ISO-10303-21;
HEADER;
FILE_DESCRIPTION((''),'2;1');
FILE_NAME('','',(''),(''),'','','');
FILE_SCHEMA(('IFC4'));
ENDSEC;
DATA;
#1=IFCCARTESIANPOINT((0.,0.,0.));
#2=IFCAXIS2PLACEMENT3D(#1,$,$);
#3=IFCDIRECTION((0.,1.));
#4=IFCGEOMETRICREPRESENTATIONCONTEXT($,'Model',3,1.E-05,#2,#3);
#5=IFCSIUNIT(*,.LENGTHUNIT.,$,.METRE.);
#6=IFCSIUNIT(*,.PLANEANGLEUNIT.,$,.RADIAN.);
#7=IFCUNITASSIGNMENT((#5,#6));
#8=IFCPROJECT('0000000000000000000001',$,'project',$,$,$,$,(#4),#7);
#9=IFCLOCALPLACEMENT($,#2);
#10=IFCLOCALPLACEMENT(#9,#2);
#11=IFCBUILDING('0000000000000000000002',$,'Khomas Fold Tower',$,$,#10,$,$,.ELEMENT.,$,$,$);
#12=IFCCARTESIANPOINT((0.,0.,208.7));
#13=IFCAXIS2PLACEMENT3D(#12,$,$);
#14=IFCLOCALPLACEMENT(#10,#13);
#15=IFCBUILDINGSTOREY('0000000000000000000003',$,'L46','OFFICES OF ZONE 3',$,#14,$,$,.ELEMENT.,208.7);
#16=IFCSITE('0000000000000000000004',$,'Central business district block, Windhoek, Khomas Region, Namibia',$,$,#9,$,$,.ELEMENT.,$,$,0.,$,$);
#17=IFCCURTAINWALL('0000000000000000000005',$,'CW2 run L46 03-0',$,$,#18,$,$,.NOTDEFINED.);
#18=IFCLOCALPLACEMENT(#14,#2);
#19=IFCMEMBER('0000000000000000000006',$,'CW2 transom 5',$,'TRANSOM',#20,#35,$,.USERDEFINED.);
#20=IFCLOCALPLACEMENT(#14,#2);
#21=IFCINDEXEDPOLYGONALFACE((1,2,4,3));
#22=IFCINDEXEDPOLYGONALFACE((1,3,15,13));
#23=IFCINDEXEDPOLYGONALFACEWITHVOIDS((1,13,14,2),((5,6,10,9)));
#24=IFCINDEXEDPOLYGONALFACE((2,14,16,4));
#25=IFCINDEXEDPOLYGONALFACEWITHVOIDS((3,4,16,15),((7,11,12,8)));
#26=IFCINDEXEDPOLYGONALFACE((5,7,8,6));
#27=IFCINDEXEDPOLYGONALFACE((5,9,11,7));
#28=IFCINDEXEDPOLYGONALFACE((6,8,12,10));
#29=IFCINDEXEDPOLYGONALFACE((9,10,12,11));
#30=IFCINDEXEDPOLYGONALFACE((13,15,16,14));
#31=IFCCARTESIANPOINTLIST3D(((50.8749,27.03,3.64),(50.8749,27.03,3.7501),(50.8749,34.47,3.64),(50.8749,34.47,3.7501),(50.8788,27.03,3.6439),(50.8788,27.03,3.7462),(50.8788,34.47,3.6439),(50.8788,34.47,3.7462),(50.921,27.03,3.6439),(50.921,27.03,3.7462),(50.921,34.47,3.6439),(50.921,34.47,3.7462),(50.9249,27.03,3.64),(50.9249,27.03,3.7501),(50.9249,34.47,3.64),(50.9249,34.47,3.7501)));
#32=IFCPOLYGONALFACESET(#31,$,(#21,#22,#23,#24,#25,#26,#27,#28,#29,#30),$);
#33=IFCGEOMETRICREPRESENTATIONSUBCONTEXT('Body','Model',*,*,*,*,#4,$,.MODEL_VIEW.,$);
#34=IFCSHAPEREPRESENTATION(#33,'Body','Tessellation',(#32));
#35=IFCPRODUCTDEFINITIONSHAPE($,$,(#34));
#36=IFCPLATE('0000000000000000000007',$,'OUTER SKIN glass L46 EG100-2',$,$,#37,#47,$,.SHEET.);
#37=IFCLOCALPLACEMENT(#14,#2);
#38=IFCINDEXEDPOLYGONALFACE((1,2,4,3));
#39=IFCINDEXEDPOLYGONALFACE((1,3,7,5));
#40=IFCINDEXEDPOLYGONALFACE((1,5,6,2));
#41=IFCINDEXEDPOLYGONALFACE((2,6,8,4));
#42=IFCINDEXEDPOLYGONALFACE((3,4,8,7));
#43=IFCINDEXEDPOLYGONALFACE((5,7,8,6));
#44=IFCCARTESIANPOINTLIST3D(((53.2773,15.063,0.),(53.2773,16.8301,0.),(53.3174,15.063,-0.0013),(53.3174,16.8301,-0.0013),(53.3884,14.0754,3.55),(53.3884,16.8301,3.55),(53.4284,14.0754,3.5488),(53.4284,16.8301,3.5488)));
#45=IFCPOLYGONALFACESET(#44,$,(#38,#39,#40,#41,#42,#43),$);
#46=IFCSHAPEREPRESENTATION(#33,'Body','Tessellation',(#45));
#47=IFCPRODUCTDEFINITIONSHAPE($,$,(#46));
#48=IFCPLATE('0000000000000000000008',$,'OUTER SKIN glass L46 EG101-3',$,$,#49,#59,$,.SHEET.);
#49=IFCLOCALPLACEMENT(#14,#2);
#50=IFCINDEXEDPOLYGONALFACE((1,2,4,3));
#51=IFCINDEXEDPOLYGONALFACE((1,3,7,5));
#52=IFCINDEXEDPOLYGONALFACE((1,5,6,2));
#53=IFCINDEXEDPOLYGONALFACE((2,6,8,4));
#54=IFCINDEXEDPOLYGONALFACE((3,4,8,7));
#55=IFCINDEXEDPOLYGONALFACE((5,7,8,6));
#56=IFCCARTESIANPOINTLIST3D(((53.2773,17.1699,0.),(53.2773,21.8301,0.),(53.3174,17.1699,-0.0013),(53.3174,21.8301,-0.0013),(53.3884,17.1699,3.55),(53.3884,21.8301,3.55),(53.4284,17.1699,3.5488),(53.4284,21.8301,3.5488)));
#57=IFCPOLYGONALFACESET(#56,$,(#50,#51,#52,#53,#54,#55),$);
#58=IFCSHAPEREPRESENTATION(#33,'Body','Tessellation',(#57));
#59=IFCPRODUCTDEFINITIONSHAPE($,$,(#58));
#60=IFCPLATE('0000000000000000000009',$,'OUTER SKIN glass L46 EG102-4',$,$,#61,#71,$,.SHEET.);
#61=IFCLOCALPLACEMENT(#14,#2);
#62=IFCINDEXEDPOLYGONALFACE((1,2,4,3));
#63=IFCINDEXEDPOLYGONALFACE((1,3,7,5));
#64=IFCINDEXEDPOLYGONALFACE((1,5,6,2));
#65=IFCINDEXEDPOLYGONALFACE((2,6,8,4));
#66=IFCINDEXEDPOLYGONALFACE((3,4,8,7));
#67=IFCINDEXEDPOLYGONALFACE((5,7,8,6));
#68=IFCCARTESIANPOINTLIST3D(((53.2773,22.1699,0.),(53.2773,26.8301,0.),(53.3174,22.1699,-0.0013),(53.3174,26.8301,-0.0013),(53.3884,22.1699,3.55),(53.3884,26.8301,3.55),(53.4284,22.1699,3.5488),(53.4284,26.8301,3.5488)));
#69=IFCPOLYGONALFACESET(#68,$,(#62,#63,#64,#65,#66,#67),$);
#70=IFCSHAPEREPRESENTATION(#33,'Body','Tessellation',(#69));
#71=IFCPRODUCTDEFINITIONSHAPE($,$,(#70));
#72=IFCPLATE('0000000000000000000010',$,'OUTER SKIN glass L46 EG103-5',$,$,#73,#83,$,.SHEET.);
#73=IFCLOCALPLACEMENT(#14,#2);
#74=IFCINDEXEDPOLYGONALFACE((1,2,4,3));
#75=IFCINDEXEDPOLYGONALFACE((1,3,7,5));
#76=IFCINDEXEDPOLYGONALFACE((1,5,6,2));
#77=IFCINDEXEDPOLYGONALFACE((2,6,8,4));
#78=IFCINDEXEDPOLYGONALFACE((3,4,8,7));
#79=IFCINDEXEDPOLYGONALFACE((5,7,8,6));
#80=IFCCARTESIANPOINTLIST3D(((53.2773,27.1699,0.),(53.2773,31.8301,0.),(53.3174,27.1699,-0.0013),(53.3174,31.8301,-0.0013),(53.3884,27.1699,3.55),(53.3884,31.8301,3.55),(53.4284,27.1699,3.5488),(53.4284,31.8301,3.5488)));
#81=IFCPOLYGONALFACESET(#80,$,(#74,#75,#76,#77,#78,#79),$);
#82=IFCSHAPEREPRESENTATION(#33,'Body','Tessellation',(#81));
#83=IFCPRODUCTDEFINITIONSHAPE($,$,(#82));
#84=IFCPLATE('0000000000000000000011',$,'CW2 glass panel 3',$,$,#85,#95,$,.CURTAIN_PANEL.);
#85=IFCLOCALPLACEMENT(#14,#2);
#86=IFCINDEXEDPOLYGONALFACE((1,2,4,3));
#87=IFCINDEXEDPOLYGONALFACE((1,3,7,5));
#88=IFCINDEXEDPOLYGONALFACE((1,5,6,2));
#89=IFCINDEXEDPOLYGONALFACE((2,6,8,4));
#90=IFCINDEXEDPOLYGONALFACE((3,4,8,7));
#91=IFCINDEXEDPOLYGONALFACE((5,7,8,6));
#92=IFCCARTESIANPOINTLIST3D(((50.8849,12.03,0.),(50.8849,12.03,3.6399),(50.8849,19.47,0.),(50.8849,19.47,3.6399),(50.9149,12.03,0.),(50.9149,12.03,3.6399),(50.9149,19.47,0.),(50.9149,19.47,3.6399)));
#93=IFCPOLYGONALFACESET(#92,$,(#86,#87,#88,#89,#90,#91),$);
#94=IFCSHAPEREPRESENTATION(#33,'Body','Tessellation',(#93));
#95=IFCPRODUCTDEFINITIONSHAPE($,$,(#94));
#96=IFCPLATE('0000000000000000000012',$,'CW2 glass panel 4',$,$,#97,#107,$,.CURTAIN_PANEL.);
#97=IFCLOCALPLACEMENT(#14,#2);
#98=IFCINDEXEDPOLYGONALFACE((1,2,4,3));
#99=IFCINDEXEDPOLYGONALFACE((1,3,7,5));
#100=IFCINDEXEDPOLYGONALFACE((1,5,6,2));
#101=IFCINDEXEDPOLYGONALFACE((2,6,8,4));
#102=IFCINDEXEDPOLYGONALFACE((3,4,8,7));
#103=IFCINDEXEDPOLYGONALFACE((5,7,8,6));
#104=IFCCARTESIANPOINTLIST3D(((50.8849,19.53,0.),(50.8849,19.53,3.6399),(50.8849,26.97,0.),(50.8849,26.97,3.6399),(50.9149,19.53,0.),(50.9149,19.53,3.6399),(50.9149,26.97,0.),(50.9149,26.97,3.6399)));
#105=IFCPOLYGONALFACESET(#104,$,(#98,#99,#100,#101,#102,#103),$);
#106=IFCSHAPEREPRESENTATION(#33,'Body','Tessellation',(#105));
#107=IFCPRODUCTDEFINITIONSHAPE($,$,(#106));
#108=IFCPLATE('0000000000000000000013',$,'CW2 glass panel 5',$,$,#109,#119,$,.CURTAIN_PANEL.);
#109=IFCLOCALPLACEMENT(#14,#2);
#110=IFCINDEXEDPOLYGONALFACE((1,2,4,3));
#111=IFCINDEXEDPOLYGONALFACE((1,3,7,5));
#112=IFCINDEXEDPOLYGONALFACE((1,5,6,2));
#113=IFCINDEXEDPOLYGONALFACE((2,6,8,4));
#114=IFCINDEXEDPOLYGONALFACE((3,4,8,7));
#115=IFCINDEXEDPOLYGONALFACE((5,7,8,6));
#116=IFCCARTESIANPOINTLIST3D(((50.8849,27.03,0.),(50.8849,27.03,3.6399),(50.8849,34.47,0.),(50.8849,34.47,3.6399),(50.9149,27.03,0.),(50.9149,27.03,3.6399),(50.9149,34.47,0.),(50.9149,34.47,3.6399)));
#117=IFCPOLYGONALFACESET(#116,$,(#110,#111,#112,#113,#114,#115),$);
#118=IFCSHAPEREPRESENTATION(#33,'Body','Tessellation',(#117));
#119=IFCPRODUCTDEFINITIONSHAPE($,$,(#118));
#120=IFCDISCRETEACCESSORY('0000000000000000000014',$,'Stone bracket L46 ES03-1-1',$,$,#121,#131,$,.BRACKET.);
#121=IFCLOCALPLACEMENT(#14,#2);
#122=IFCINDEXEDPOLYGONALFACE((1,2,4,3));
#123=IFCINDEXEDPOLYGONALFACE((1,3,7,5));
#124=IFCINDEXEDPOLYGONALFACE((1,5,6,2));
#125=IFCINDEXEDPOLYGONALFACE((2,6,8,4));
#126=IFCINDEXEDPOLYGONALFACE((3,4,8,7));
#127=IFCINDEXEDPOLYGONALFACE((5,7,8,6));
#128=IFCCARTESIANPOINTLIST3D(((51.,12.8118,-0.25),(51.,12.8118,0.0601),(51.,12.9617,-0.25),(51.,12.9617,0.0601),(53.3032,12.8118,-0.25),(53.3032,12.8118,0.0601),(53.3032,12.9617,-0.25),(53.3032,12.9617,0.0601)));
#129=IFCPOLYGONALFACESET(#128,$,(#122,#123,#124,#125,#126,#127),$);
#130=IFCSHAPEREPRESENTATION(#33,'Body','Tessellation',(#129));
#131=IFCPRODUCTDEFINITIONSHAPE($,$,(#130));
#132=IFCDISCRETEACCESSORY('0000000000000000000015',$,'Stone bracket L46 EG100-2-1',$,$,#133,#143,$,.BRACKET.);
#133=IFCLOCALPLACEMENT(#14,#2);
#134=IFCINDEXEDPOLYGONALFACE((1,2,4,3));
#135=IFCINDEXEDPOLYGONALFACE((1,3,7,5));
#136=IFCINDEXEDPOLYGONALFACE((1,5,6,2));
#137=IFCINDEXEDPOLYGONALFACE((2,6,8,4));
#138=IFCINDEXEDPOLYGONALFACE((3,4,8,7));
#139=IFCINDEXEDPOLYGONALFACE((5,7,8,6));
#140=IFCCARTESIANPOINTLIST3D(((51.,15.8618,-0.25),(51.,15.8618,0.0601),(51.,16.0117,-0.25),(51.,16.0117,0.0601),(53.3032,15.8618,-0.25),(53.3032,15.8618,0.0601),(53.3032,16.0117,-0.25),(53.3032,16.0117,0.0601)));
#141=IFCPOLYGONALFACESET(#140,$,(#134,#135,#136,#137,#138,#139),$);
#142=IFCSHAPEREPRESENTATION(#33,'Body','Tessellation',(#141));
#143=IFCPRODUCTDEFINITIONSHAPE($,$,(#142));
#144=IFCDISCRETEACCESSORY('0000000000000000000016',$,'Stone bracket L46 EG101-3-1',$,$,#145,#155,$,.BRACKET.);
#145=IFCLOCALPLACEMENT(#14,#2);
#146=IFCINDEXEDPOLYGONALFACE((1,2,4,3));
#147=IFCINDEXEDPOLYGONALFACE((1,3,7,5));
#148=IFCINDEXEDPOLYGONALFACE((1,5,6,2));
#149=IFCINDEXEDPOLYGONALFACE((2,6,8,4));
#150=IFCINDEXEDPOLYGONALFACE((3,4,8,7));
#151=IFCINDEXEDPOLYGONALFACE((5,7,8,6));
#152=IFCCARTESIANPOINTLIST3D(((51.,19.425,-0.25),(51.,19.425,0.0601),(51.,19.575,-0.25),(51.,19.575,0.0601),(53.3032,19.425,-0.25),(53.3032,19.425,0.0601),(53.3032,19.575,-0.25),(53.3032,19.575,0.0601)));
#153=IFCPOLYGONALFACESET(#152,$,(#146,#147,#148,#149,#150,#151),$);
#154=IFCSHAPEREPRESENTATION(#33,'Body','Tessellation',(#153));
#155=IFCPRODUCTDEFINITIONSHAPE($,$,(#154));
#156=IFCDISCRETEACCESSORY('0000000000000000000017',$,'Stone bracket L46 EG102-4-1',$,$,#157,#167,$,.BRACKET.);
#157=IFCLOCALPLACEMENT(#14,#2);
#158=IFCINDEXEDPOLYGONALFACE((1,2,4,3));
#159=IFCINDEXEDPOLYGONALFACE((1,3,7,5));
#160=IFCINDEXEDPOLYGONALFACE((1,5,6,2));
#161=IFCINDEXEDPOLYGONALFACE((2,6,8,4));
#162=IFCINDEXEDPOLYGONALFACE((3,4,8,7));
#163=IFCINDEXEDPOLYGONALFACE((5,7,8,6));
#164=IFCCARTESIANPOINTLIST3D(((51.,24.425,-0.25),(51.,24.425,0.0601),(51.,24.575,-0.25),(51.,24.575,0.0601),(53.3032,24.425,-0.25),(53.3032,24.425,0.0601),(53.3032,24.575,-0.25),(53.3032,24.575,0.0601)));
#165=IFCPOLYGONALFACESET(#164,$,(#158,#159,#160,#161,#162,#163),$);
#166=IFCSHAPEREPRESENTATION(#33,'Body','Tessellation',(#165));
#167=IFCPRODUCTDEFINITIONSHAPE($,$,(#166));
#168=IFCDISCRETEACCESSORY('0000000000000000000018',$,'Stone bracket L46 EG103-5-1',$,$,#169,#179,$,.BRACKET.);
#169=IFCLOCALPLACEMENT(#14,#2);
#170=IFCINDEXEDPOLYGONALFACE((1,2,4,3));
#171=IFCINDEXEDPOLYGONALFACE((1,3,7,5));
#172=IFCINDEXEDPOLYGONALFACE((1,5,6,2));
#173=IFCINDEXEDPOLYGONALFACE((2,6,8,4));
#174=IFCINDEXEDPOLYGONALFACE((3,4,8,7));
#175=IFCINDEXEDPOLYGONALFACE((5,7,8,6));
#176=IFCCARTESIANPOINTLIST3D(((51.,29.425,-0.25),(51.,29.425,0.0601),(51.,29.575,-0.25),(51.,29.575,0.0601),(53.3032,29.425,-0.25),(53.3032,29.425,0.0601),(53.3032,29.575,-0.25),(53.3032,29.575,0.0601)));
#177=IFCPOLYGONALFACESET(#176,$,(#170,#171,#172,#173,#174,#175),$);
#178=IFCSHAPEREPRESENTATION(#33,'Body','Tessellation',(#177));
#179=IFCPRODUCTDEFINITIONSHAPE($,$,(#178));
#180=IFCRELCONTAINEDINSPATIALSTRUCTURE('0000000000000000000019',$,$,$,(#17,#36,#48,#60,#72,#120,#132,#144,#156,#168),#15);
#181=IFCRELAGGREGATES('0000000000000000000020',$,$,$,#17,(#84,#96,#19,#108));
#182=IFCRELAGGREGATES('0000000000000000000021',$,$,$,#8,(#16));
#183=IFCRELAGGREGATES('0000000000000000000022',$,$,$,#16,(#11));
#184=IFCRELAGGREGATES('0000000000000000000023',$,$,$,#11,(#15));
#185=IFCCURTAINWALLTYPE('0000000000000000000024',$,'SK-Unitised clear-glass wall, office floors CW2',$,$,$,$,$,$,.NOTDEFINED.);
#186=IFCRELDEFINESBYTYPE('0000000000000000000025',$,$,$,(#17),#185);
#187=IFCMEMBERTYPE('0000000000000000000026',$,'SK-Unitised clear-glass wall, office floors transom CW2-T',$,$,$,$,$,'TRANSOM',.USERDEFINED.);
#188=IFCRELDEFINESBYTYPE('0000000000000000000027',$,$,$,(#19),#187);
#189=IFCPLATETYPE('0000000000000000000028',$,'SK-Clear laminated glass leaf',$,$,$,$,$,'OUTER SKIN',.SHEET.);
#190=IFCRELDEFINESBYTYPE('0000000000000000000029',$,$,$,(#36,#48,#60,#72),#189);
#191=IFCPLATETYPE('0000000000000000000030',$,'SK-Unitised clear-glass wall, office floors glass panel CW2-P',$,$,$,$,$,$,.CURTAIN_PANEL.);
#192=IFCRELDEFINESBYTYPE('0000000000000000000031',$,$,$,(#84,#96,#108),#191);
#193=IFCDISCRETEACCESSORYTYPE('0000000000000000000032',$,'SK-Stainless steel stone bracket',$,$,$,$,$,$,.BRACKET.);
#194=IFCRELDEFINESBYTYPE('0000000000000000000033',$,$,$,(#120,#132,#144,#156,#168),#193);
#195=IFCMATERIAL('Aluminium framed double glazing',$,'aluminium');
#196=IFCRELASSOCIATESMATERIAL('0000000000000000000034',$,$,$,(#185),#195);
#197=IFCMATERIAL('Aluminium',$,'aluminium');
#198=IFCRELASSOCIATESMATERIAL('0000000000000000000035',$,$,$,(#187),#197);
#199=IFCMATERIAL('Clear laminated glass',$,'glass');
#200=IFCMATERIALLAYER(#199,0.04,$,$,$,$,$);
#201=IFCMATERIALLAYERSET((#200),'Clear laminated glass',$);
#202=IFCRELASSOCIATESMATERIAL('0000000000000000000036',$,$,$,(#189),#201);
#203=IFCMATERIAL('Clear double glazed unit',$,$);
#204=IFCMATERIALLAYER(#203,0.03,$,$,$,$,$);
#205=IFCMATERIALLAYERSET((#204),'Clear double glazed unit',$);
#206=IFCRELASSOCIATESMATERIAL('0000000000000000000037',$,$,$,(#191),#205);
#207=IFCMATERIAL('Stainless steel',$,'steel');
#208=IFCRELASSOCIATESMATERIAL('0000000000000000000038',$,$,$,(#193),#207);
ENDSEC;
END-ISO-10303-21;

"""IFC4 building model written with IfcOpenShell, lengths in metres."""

from ifc_helpers import new_model, si_unit, direction, frame, origin, origin_2d, place, context, subcontext, project, spatial, polyline, rectangle, hollow_rectangle, outline, extrude, source, transform, mapped, material, layer, layer_set, material_profile, profile_set, type_object, element, aggregate, save


model = new_model("IFC4")

# Units and contexts
model_context = context("Model", 3, precision=1e-05, world=origin(), true_north=direction((0.0, 1.0)))
body_context = subcontext(model_context, "Body", "Model", "MODEL_VIEW")
ifc_project = project(units=[si_unit("LENGTHUNIT", "METRE"), si_unit("PLANEANGLEUNIT", "RADIAN")], contexts=[model_context])

# Site, building, storey
site_placement = place(None, origin())
site = spatial("IfcSite", under=ifc_project, at=site_placement, Name="Central business district block, Windhoek, Khomas Region, Namibia", CompositionType="ELEMENT", RefElevation=0.0)
building_placement = place(site_placement, origin())
building = spatial("IfcBuilding", under=site, at=building_placement, Name="Khomas Fold Tower", CompositionType="ELEMENT")
storey_placement = place(building_placement, frame((0.0, 0.0, 208.7)))
storey = spatial("IfcBuildingStorey", under=building, at=storey_placement, Name="L46", Description="OFFICES OF ZONE 3", CompositionType="ELEMENT", Elevation=208.7)

# Curtain wall, member
ifc_material_1 = material(Name="Aluminium framed double glazing", Category="aluminium")
curtain_wall_type = type_object("IfcCurtainWallType", Name="SK-Unitised clear-glass wall, office floors CW2", PredefinedType="NOTDEFINED", material=ifc_material_1)
curtain_wall_placement = place(storey_placement, origin())
curtain_wall = element("IfcCurtainWall", 1, at=curtain_wall_placement, inside=storey, type_object=curtain_wall_type, Name="CW2 run L46 03-0", PredefinedType="NOTDEFINED")
ifc_material_2 = material(Name="Aluminium", Category="aluminium")
ifc_material_profile_1 = material_profile(ifc_material_2, hollow_rectangle(XDim=0.05, YDim=0.1101, WallThickness=0.0039, at=origin_2d()), Name="SK-Unitised clear-glass wall, office floors transom CW2-T")
ifc_profile_set_1 = profile_set([ifc_material_profile_1], Name="Aluminium")
member_type_1 = type_object("IfcMemberType", Name="SK-Unitised clear-glass wall, office floors transom CW2-T", ElementType="TRANSOM", PredefinedType="USERDEFINED", material=ifc_profile_set_1)
shared_shape_1 = source(origin(), body_context, "Body", "SweptSolid", [
    extrude(hollow_rectangle(XDim=0.05, YDim=0.1101, WallThickness=0.0039, at=origin_2d()), origin(), (0.0, 0.0, 1.0), 7.4399),
])
member_1_placement = place(storey_placement, frame((50.8999, 27.03, 3.6951), z_axis=(0.0, 1.0, 0.0), x_axis=(-1.0, 0.0, 0.0)))
member_1 = element("IfcMember", 2, at=member_1_placement, type_object=member_type_1, Name="CW2 transom 5", ObjectType="TRANSOM", PredefinedType="USERDEFINED", context=body_context, shape_type="MappedRepresentation", body=[
    mapped(shared_shape_1, transform((0.0, 0.0, 0.0))),
])

# Plates
ifc_material_3 = material(Name="Clear laminated glass", Category="glass")
ifc_layer_1 = layer(ifc_material_3, 0.04)
ifc_layer_set_1 = layer_set([ifc_layer_1], Name="Clear laminated glass")
plate_type_1 = type_object("IfcPlateType", Name="SK-Clear laminated glass leaf", ElementType="OUTER SKIN", PredefinedType="SHEET", material=ifc_layer_set_1)
plate_1_placement = place(storey_placement, frame((53.2773, 15.063, 0.0), z_axis=(-0.999511, 0.0, 0.031276), x_axis=(0.030132, -0.267881, 0.962981)))
element("IfcPlate", 3, at=plate_1_placement, inside=storey, type_object=plate_type_1, Name="OUTER SKIN glass L46 EG100-2", PredefinedType="SHEET", context=body_context, shape_type="SweptSolid", body=[
    extrude(outline(polyline([(0.0, 0.0), (3.6865, 0.0), (2.9486, 2.654), (-0.4734, 1.7025), (0.0, 0.0)])), origin(), (0.0, 0.0, -1.0), 0.04),
])
for number, where, z_axis, x_axis, name in (
    (4, (53.2773, 17.1699, 0.0), (-0.999511, 0.0, 0.031276), (0.031276, 0.0, 0.999511), "OUTER SKIN glass L46 EG101-3"),
    (5, (53.2773, 22.1699, 0.0), (-0.999511, 0.0, 0.031276), (0.031276, 0.0, 0.999511), "OUTER SKIN glass L46 EG102-4"),
    (6, (53.2773, 27.1699, 0.0), (-0.999511, 0.0, 0.031276), (0.031276, 0.0, 0.999511), "OUTER SKIN glass L46 EG103-5"),
):
    element("IfcPlate", number, at=place(storey_placement, frame(where, z_axis=z_axis, x_axis=x_axis)), inside=storey, type_object=plate_type_1, Name=name, PredefinedType="SHEET", context=body_context, shape_type="SweptSolid", body=[
        extrude(outline(polyline([(0.0, 0.0), (3.5518, 0.0), (3.5518, 4.6602), (0.0, 4.6602), (0.0, 0.0)])), origin(), (0.0, 0.0, -1.0), 0.04),
    ])

# Plates
ifc_material_4 = material(Name="Clear double glazed unit")
ifc_layer_2 = layer(ifc_material_4, 0.03)
ifc_layer_set_2 = layer_set([ifc_layer_2], Name="Clear double glazed unit")
plate_type_2 = type_object("IfcPlateType", Name="SK-Unitised clear-glass wall, office floors glass panel CW2-P", PredefinedType="CURTAIN_PANEL", material=ifc_layer_set_2)
shared_shape_2 = source(origin(), body_context, "Body", "SweptSolid", [
    extrude(rectangle(XDim=7.4399, YDim=0.03, at=origin_2d()), origin(), (0.0, 0.0, 1.0), 3.6399),
])
plate_2_placement = place(storey_placement, frame((50.8999, 15.75, 0.0), z_axis=(0.0, 0.0, 1.0), x_axis=(0.0, 1.0, 0.0)))
plate_2 = element("IfcPlate", 7, at=plate_2_placement, type_object=plate_type_2, Name="CW2 glass panel 3", PredefinedType="CURTAIN_PANEL", context=body_context, shape_type="MappedRepresentation", body=[
    mapped(shared_shape_2, transform((0.0, 0.0, 0.0))),
])
plate_3_placement = place(storey_placement, frame((50.8999, 23.25, 0.0), z_axis=(0.0, 0.0, 1.0), x_axis=(0.0, 1.0, 0.0)))
plate_3 = element("IfcPlate", 8, at=plate_3_placement, type_object=plate_type_2, Name="CW2 glass panel 4", PredefinedType="CURTAIN_PANEL", context=body_context, shape_type="MappedRepresentation", body=[
    mapped(shared_shape_2, transform((0.0, 0.0, 0.0))),
])
plate_4_placement = place(storey_placement, frame((50.8999, 30.75, 0.0), z_axis=(0.0, 0.0, 1.0), x_axis=(0.0, 1.0, 0.0)))
plate_4 = element("IfcPlate", 9, at=plate_4_placement, type_object=plate_type_2, Name="CW2 glass panel 5", PredefinedType="CURTAIN_PANEL", context=body_context, shape_type="MappedRepresentation", body=[
    mapped(shared_shape_2, transform((0.0, 0.0, 0.0))),
])
aggregate(curtain_wall, [plate_2, plate_3, member_1, plate_4])

# Discrete accessories
ifc_material_5 = material(Name="Stainless steel", Category="steel")
discrete_accessory_type = type_object("IfcDiscreteAccessoryType", Name="SK-Stainless steel stone bracket", PredefinedType="BRACKET", material=ifc_material_5)
shared_shape_3 = source(origin(), body_context, "Body", "SweptSolid", [
    extrude(rectangle(XDim=2.3032, YDim=0.1499, at=origin_2d()), origin(), (0.0, 0.0, 1.0), 0.3101),
])
for number, where, z_axis, x_axis, name in (
    (10, (52.1516, 12.8867, -0.25), (0.0, 0.0, 1.0), (1.0, 0.0, 0.0), "Stone bracket L46 ES03-1-1"),
    (11, (52.1516, 15.9368, -0.25), (0.0, 0.0, 1.0), (1.0, 0.0, 0.0), "Stone bracket L46 EG100-2-1"),
    (12, (52.1516, 19.5, -0.25), (0.0, 0.0, 1.0), (1.0, 0.0, 0.0), "Stone bracket L46 EG101-3-1"),
    (13, (52.1516, 24.5, -0.25), (0.0, 0.0, 1.0), (1.0, 0.0, 0.0), "Stone bracket L46 EG102-4-1"),
    (14, (52.1516, 29.5, -0.25), (0.0, 0.0, 1.0), (1.0, 0.0, 0.0), "Stone bracket L46 EG103-5-1"),
):
    element("IfcDiscreteAccessory", number, at=place(storey_placement, frame(where, z_axis=z_axis, x_axis=x_axis)), inside=storey, type_object=discrete_accessory_type, Name=name, PredefinedType="BRACKET", context=body_context, shape_type="MappedRepresentation", body=[
        mapped(shared_shape_3, transform((0.0, 0.0, 0.0))),
    ])

save(model, "model.ifc")
